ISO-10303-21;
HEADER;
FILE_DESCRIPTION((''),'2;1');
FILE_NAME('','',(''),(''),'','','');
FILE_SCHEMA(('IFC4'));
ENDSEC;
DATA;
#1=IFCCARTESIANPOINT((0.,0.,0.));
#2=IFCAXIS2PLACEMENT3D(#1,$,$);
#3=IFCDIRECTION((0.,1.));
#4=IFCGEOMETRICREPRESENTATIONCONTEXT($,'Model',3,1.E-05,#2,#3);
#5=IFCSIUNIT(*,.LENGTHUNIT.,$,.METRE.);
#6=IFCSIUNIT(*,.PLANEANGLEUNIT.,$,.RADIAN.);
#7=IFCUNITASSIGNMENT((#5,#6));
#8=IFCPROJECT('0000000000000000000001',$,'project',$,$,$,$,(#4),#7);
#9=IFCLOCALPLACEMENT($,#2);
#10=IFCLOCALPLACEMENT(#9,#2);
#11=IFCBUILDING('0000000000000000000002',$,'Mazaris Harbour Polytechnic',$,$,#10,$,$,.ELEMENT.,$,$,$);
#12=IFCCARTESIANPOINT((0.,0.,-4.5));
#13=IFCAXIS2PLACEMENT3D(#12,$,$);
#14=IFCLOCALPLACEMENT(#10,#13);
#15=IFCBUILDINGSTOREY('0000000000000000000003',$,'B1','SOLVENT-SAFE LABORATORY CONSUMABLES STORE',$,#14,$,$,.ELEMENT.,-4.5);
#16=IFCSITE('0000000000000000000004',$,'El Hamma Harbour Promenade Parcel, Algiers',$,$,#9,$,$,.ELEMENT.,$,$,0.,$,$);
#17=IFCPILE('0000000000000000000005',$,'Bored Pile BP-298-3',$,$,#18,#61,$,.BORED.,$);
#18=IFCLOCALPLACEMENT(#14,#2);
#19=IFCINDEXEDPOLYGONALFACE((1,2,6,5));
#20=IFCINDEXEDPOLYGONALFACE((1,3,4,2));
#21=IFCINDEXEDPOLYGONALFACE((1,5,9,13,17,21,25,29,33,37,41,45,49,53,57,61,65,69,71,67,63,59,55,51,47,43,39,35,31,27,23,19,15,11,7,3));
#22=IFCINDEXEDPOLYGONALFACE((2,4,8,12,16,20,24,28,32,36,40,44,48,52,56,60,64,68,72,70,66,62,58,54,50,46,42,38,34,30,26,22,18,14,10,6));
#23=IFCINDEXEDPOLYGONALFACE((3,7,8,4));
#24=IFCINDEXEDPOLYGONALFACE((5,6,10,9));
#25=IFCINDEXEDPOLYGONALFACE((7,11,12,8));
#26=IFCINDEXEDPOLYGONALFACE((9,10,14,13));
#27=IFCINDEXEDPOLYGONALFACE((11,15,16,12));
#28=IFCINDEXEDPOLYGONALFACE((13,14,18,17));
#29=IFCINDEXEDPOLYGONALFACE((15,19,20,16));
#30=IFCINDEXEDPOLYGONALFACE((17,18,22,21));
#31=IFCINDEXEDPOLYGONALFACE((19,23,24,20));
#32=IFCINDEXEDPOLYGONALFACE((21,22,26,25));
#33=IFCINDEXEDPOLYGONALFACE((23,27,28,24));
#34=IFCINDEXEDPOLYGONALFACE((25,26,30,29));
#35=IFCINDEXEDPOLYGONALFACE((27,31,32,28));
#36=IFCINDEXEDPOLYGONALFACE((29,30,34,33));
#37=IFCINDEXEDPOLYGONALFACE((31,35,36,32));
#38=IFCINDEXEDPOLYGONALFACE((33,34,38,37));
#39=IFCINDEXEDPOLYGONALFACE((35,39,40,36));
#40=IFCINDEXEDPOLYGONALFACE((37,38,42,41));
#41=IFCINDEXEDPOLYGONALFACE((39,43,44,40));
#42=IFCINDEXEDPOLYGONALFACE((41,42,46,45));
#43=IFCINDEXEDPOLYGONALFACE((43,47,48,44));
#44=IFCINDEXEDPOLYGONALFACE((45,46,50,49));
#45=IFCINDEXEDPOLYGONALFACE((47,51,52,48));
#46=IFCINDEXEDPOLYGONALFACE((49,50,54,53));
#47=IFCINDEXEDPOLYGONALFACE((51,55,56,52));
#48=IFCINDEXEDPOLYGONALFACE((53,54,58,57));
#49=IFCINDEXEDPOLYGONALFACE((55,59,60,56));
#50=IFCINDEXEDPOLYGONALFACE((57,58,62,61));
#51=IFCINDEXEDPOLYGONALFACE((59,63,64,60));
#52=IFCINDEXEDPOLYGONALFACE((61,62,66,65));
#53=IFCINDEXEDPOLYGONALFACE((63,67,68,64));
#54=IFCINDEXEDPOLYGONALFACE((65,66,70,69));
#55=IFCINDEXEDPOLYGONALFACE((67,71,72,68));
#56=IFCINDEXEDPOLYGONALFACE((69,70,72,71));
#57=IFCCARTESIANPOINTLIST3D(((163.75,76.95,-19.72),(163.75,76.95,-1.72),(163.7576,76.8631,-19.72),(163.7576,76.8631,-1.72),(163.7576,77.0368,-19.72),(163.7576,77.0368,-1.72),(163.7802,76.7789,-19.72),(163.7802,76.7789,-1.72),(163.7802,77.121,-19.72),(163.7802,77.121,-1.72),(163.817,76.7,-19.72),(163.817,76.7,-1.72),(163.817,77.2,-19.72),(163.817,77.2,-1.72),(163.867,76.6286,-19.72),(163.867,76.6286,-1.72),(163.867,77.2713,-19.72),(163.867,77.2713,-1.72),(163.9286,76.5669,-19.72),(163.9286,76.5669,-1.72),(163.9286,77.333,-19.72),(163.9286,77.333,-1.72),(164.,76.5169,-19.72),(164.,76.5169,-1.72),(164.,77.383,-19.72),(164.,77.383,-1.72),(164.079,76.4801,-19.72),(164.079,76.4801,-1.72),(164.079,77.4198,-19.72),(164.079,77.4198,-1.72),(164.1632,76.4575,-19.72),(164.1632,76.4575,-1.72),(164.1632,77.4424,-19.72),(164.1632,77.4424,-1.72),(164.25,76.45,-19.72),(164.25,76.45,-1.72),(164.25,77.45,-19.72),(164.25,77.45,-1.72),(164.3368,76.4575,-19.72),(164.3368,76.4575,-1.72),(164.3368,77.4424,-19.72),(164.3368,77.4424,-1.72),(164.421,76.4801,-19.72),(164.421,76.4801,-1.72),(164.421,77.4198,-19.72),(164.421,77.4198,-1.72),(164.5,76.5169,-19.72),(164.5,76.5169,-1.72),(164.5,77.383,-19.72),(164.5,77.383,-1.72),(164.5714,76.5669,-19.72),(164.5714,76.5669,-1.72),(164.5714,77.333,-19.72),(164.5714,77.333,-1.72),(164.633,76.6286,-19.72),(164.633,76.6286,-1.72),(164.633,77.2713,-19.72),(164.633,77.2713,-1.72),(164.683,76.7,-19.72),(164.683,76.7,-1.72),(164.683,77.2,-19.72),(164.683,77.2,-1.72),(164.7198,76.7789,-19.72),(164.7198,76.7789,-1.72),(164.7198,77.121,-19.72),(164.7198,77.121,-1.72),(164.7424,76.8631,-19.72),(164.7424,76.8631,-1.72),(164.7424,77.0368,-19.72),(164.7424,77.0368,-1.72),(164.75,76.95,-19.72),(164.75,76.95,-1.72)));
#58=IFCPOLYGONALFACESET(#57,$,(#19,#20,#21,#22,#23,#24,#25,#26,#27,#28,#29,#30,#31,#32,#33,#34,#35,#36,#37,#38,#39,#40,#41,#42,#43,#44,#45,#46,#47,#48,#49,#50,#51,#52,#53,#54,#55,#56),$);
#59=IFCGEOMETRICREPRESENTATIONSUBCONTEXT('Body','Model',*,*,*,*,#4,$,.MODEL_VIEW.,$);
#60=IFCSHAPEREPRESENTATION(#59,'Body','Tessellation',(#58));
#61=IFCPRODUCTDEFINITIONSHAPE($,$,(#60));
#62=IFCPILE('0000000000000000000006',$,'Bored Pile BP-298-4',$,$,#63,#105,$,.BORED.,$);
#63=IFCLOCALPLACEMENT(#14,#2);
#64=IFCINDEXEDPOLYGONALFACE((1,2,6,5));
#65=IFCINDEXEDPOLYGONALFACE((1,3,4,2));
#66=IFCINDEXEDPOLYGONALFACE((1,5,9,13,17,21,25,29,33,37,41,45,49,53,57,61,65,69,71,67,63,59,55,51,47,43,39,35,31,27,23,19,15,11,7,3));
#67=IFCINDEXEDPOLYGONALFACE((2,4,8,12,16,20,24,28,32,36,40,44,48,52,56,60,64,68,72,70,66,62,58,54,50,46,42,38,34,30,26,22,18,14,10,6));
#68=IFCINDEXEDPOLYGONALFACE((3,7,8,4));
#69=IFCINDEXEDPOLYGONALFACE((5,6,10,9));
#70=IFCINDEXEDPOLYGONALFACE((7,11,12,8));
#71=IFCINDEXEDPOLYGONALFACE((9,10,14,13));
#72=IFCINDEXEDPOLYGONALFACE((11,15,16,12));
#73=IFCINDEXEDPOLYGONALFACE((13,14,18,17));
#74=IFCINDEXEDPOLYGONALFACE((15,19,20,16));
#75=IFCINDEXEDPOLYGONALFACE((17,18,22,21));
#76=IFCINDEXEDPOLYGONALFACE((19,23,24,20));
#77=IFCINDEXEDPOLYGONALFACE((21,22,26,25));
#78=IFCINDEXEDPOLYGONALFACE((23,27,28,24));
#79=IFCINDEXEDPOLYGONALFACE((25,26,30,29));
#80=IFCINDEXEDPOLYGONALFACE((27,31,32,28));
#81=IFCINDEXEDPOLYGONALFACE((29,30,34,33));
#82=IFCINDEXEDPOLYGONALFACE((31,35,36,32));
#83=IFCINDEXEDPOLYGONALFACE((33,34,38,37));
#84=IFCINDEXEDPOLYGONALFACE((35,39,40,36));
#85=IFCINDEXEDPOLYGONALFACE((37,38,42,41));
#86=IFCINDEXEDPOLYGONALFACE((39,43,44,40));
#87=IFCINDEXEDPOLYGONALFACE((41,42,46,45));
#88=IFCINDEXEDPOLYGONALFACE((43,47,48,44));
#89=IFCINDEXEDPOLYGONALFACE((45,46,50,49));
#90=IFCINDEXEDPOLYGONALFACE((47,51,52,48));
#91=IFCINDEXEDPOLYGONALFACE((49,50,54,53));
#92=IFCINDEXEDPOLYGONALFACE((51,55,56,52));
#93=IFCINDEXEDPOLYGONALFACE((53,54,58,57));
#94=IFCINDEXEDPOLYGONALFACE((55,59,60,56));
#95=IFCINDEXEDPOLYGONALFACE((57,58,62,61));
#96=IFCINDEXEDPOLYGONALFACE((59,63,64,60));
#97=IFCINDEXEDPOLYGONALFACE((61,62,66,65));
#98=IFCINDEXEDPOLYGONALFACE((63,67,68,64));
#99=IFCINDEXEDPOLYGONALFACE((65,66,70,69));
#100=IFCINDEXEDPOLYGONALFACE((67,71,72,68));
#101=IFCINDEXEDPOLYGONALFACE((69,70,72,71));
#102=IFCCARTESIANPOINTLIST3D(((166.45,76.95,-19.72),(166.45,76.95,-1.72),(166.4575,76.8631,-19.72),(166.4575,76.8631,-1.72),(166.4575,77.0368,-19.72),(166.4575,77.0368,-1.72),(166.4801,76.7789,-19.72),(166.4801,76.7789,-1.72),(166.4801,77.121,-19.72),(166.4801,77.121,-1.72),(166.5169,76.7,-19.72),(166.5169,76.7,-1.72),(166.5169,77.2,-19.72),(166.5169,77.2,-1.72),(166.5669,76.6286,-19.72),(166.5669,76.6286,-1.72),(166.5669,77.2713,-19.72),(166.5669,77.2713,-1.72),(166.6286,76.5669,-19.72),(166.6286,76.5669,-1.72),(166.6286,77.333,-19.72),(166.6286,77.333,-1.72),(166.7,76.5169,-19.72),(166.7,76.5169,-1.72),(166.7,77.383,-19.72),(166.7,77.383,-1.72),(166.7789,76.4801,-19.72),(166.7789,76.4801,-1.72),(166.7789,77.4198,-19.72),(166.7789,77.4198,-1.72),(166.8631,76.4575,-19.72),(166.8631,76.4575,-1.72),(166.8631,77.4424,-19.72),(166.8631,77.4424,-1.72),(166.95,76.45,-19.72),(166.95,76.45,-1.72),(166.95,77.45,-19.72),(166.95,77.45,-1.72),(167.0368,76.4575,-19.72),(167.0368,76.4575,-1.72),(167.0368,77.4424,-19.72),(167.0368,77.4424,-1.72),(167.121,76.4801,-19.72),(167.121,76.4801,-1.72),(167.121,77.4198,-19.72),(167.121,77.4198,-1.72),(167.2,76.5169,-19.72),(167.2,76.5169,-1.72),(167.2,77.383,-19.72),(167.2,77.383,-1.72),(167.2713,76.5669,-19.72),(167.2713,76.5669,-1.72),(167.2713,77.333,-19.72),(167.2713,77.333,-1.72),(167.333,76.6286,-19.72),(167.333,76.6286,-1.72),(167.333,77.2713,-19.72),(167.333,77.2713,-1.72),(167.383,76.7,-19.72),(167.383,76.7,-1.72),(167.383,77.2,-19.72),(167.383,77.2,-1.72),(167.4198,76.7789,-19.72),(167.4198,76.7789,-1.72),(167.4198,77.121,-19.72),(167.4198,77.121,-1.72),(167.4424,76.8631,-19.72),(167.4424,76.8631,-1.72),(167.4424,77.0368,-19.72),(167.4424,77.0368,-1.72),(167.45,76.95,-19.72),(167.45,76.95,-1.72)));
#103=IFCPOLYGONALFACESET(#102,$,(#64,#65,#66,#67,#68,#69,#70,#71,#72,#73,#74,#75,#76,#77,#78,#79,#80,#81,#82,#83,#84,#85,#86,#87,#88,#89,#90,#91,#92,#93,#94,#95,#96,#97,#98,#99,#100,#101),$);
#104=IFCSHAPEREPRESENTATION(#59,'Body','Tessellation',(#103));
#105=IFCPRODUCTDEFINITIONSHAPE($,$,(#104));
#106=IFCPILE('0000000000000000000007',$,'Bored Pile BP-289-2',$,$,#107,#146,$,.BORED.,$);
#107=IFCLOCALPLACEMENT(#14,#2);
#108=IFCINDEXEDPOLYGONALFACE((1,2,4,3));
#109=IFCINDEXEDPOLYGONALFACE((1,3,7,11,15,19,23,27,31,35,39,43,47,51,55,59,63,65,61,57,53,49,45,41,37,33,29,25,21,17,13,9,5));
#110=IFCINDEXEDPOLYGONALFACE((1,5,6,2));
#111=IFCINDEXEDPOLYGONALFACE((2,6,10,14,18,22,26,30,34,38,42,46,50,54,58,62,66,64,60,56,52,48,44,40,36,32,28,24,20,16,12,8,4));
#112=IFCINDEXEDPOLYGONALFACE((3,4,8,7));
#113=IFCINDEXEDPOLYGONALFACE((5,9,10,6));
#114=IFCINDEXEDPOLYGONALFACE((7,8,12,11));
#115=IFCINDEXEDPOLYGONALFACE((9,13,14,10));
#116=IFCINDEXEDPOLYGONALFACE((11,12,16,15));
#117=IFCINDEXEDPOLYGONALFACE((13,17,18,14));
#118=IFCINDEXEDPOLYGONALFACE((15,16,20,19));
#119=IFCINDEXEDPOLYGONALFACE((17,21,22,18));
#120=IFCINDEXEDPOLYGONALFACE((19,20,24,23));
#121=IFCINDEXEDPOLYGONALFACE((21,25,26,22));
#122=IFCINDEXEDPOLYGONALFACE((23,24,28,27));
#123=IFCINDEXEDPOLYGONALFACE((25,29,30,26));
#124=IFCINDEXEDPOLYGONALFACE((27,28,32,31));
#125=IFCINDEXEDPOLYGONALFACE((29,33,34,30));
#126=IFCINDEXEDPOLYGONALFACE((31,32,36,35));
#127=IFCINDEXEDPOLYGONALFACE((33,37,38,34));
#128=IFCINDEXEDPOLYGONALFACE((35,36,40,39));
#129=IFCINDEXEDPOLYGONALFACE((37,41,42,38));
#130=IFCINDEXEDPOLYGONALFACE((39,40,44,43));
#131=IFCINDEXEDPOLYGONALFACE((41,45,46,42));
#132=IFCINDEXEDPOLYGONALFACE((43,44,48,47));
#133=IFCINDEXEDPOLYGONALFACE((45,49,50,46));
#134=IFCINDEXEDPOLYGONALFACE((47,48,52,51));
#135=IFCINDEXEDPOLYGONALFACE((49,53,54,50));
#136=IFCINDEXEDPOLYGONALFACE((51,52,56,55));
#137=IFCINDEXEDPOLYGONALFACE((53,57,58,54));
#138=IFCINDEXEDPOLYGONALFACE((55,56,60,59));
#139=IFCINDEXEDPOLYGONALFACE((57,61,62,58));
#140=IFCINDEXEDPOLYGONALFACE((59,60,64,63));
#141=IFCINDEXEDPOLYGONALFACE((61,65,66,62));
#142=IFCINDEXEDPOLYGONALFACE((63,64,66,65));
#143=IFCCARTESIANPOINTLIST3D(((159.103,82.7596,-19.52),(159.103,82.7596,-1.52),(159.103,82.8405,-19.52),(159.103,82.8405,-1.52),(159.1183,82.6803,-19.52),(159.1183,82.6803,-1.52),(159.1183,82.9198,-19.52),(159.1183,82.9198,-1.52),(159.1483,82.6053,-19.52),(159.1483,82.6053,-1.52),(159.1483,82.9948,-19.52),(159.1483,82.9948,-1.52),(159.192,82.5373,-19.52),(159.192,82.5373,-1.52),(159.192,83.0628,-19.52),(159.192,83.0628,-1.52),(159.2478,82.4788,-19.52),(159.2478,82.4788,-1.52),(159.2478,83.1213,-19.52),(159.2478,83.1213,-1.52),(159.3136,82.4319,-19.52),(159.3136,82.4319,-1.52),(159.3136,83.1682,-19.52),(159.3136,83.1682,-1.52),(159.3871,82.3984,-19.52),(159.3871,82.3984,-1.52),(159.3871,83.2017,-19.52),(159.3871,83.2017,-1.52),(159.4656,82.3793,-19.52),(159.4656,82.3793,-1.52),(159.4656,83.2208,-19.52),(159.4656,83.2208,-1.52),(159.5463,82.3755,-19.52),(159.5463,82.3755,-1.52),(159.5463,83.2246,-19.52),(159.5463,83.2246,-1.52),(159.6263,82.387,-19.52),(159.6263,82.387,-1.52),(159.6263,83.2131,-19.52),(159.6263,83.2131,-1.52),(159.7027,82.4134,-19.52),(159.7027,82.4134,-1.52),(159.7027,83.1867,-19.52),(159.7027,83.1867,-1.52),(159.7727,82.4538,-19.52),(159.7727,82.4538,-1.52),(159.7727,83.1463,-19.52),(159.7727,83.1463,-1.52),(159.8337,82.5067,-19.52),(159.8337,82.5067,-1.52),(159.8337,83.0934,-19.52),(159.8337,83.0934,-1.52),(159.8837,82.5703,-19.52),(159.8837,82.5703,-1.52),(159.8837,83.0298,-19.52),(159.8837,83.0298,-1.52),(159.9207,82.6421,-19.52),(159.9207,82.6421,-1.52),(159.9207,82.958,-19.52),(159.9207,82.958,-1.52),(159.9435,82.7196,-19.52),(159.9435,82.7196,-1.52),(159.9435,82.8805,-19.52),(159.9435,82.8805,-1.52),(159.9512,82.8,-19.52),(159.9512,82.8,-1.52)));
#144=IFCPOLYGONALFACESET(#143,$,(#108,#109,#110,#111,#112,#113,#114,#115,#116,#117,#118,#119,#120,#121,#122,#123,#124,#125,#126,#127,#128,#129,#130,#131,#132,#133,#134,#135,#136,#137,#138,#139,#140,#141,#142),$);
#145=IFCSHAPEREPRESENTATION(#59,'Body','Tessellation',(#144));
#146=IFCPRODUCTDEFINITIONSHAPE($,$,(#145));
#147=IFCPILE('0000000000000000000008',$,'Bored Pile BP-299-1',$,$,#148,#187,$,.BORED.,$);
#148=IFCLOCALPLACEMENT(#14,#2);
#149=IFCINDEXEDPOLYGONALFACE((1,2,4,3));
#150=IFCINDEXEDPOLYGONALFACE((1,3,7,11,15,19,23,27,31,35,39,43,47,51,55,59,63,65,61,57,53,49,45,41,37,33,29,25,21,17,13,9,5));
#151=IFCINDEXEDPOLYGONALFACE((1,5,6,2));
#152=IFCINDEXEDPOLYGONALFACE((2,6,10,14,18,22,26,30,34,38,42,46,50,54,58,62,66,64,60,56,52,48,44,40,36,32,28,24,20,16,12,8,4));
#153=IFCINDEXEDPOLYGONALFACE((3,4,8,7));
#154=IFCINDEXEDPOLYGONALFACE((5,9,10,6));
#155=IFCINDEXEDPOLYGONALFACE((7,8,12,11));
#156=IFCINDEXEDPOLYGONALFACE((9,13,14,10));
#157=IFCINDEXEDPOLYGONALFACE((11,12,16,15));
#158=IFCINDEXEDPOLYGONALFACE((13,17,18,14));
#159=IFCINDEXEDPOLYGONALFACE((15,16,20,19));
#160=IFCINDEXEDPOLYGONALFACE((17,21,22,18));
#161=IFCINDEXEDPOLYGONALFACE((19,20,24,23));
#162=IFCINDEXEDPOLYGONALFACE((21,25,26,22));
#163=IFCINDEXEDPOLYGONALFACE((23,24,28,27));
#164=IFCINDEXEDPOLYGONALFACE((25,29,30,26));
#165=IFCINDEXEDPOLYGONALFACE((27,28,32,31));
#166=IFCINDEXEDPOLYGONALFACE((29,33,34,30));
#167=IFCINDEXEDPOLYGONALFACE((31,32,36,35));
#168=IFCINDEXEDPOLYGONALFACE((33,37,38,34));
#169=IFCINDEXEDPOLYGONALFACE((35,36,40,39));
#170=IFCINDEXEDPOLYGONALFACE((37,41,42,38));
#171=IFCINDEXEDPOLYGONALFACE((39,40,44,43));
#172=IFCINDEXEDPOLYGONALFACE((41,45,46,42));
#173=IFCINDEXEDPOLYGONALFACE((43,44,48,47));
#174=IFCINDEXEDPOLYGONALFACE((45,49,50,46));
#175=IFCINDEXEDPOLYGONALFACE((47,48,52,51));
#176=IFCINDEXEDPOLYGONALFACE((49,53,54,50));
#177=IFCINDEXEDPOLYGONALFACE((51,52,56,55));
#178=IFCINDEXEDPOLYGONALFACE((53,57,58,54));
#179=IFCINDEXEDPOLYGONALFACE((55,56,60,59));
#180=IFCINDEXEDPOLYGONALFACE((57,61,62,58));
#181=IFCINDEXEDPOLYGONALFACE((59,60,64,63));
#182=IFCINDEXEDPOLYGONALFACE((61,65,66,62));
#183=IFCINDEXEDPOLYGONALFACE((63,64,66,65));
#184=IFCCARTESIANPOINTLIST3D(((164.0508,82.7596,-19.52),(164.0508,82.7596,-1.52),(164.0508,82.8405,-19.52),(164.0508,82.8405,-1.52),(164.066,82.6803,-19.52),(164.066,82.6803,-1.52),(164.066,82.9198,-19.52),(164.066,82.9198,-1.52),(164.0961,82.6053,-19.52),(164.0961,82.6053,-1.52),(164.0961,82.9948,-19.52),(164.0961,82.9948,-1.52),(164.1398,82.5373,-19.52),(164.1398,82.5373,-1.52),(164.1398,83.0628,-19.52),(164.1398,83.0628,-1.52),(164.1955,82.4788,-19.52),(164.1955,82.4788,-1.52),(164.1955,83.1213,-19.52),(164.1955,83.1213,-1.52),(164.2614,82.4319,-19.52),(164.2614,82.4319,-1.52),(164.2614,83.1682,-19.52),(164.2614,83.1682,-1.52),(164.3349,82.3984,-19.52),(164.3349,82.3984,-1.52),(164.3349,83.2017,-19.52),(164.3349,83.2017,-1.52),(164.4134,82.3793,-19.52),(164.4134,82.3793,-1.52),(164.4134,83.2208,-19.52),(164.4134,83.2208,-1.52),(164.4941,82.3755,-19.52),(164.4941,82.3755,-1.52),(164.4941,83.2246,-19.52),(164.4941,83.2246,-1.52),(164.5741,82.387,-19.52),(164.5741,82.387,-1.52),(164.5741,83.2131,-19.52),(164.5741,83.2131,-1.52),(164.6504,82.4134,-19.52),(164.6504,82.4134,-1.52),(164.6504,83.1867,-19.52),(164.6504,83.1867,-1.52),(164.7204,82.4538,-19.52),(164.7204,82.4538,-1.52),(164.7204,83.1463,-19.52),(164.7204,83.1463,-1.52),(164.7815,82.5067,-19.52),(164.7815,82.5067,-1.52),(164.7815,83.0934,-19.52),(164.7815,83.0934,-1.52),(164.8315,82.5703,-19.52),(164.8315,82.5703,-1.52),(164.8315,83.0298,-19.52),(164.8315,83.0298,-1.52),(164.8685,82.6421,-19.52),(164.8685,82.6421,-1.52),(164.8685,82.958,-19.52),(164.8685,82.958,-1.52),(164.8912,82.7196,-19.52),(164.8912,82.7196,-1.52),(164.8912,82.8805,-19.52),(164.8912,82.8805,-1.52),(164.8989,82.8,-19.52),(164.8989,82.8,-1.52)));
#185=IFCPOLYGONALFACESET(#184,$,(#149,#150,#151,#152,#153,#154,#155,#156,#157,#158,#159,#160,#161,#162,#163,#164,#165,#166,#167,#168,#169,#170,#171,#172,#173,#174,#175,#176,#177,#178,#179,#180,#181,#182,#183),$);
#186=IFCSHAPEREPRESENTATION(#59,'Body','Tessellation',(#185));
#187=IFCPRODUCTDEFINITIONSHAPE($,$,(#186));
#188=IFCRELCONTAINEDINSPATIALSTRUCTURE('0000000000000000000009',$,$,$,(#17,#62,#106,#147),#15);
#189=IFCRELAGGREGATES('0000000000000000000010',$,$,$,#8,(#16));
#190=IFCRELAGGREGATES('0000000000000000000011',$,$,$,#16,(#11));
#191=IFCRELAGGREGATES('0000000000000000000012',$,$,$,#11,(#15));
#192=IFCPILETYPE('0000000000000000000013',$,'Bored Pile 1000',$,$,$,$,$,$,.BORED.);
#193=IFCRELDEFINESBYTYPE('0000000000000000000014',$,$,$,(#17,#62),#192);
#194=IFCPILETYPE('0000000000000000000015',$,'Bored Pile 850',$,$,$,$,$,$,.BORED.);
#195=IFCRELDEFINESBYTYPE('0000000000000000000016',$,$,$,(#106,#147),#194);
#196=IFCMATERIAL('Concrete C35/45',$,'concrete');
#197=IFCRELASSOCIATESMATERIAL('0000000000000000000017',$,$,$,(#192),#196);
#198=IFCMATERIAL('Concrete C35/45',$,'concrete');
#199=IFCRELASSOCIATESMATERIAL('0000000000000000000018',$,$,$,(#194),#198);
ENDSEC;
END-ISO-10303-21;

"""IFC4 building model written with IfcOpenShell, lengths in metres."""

from ifc_helpers import new_model, si_unit, direction, frame, origin, origin_2d, place, context, subcontext, project, spatial, circle, extrude, material, material_profile, profile_set, type_object, element, save


model = new_model("IFC4")

# Units and contexts
model_context = context("Model", 3, precision=1e-05, world=origin(), true_north=direction((0.0, 1.0)))
body_context = subcontext(model_context, "Body", "Model", "MODEL_VIEW")
ifc_project = project(units=[si_unit("LENGTHUNIT", "METRE"), si_unit("PLANEANGLEUNIT", "RADIAN")], contexts=[model_context])

# Site, building, storey
site_placement = place(None, origin())
site = spatial("IfcSite", under=ifc_project, at=site_placement, Name="El Hamma Harbour Promenade Parcel, Algiers", CompositionType="ELEMENT", RefElevation=0.0)
building_placement = place(site_placement, origin())
building = spatial("IfcBuilding", under=site, at=building_placement, Name="Mazaris Harbour Polytechnic", CompositionType="ELEMENT")
storey_placement = place(building_placement, frame((0.0, 0.0, -4.5)))
storey = spatial("IfcBuildingStorey", under=building, at=storey_placement, Name="B1", Description="SOLVENT-SAFE LABORATORY CONSUMABLES STORE", CompositionType="ELEMENT", Elevation=-4.5)

# Piles
ifc_material_1 = material(Name="Concrete C35/45", Category="concrete")
ifc_material_profile_1 = material_profile(ifc_material_1, circle(Radius=0.5, at=origin_2d()), Name="DIA1000")
ifc_profile_set_1 = profile_set([ifc_material_profile_1], Name="Concrete C35/45")
pile_type_1 = type_object("IfcPileType", Name="Bored Pile 1000", PredefinedType="BORED", material=ifc_profile_set_1)
for number, where, z_axis, x_axis, name in (
    (1, (164.25, 76.95, -1.72), (0.0, 0.0, -1.0), (1.0, 0.0, 0.0), "Bored Pile BP-298-3"),
    (2, (166.95, 76.95, -1.72), (0.0, 0.0, -1.0), (1.0, 0.0, 0.0), "Bored Pile BP-298-4"),
):
    element("IfcPile", number, at=place(storey_placement, frame(where, z_axis=z_axis, x_axis=x_axis)), inside=storey, type_object=pile_type_1, Name=name, PredefinedType="BORED", context=body_context, shape_type="SweptSolid", body=[
        extrude(circle(Radius=0.5, at=origin_2d()), origin(), (0.0, 0.0, 1.0), 18.0),
    ])
ifc_material_2 = material(Name="Concrete C35/45", Category="concrete")
ifc_material_profile_2 = material_profile(ifc_material_2, circle(Radius=0.425, at=origin_2d()), Name="DIA850")
ifc_profile_set_2 = profile_set([ifc_material_profile_2], Name="Concrete C35/45")
pile_type_2 = type_object("IfcPileType", Name="Bored Pile 850", PredefinedType="BORED", material=ifc_profile_set_2)
for number, where, z_axis, x_axis, name in (
    (3, (159.5261, 82.8, -1.52), (0.0, 0.0, -1.0), (1.0, 0.0, 0.0), "Bored Pile BP-289-2"),
    (4, (164.4739, 82.8, -1.52), (0.0, 0.0, -1.0), (1.0, 0.0, 0.0), "Bored Pile BP-299-1"),
):
    element("IfcPile", number, at=place(storey_placement, frame(where, z_axis=z_axis, x_axis=x_axis)), inside=storey, type_object=pile_type_2, Name=name, PredefinedType="BORED", context=body_context, shape_type="SweptSolid", body=[
        extrude(circle(Radius=0.425, at=origin_2d()), origin(), (0.0, 0.0, 1.0), 18.0),
    ])

save(model, "model.ifc")
